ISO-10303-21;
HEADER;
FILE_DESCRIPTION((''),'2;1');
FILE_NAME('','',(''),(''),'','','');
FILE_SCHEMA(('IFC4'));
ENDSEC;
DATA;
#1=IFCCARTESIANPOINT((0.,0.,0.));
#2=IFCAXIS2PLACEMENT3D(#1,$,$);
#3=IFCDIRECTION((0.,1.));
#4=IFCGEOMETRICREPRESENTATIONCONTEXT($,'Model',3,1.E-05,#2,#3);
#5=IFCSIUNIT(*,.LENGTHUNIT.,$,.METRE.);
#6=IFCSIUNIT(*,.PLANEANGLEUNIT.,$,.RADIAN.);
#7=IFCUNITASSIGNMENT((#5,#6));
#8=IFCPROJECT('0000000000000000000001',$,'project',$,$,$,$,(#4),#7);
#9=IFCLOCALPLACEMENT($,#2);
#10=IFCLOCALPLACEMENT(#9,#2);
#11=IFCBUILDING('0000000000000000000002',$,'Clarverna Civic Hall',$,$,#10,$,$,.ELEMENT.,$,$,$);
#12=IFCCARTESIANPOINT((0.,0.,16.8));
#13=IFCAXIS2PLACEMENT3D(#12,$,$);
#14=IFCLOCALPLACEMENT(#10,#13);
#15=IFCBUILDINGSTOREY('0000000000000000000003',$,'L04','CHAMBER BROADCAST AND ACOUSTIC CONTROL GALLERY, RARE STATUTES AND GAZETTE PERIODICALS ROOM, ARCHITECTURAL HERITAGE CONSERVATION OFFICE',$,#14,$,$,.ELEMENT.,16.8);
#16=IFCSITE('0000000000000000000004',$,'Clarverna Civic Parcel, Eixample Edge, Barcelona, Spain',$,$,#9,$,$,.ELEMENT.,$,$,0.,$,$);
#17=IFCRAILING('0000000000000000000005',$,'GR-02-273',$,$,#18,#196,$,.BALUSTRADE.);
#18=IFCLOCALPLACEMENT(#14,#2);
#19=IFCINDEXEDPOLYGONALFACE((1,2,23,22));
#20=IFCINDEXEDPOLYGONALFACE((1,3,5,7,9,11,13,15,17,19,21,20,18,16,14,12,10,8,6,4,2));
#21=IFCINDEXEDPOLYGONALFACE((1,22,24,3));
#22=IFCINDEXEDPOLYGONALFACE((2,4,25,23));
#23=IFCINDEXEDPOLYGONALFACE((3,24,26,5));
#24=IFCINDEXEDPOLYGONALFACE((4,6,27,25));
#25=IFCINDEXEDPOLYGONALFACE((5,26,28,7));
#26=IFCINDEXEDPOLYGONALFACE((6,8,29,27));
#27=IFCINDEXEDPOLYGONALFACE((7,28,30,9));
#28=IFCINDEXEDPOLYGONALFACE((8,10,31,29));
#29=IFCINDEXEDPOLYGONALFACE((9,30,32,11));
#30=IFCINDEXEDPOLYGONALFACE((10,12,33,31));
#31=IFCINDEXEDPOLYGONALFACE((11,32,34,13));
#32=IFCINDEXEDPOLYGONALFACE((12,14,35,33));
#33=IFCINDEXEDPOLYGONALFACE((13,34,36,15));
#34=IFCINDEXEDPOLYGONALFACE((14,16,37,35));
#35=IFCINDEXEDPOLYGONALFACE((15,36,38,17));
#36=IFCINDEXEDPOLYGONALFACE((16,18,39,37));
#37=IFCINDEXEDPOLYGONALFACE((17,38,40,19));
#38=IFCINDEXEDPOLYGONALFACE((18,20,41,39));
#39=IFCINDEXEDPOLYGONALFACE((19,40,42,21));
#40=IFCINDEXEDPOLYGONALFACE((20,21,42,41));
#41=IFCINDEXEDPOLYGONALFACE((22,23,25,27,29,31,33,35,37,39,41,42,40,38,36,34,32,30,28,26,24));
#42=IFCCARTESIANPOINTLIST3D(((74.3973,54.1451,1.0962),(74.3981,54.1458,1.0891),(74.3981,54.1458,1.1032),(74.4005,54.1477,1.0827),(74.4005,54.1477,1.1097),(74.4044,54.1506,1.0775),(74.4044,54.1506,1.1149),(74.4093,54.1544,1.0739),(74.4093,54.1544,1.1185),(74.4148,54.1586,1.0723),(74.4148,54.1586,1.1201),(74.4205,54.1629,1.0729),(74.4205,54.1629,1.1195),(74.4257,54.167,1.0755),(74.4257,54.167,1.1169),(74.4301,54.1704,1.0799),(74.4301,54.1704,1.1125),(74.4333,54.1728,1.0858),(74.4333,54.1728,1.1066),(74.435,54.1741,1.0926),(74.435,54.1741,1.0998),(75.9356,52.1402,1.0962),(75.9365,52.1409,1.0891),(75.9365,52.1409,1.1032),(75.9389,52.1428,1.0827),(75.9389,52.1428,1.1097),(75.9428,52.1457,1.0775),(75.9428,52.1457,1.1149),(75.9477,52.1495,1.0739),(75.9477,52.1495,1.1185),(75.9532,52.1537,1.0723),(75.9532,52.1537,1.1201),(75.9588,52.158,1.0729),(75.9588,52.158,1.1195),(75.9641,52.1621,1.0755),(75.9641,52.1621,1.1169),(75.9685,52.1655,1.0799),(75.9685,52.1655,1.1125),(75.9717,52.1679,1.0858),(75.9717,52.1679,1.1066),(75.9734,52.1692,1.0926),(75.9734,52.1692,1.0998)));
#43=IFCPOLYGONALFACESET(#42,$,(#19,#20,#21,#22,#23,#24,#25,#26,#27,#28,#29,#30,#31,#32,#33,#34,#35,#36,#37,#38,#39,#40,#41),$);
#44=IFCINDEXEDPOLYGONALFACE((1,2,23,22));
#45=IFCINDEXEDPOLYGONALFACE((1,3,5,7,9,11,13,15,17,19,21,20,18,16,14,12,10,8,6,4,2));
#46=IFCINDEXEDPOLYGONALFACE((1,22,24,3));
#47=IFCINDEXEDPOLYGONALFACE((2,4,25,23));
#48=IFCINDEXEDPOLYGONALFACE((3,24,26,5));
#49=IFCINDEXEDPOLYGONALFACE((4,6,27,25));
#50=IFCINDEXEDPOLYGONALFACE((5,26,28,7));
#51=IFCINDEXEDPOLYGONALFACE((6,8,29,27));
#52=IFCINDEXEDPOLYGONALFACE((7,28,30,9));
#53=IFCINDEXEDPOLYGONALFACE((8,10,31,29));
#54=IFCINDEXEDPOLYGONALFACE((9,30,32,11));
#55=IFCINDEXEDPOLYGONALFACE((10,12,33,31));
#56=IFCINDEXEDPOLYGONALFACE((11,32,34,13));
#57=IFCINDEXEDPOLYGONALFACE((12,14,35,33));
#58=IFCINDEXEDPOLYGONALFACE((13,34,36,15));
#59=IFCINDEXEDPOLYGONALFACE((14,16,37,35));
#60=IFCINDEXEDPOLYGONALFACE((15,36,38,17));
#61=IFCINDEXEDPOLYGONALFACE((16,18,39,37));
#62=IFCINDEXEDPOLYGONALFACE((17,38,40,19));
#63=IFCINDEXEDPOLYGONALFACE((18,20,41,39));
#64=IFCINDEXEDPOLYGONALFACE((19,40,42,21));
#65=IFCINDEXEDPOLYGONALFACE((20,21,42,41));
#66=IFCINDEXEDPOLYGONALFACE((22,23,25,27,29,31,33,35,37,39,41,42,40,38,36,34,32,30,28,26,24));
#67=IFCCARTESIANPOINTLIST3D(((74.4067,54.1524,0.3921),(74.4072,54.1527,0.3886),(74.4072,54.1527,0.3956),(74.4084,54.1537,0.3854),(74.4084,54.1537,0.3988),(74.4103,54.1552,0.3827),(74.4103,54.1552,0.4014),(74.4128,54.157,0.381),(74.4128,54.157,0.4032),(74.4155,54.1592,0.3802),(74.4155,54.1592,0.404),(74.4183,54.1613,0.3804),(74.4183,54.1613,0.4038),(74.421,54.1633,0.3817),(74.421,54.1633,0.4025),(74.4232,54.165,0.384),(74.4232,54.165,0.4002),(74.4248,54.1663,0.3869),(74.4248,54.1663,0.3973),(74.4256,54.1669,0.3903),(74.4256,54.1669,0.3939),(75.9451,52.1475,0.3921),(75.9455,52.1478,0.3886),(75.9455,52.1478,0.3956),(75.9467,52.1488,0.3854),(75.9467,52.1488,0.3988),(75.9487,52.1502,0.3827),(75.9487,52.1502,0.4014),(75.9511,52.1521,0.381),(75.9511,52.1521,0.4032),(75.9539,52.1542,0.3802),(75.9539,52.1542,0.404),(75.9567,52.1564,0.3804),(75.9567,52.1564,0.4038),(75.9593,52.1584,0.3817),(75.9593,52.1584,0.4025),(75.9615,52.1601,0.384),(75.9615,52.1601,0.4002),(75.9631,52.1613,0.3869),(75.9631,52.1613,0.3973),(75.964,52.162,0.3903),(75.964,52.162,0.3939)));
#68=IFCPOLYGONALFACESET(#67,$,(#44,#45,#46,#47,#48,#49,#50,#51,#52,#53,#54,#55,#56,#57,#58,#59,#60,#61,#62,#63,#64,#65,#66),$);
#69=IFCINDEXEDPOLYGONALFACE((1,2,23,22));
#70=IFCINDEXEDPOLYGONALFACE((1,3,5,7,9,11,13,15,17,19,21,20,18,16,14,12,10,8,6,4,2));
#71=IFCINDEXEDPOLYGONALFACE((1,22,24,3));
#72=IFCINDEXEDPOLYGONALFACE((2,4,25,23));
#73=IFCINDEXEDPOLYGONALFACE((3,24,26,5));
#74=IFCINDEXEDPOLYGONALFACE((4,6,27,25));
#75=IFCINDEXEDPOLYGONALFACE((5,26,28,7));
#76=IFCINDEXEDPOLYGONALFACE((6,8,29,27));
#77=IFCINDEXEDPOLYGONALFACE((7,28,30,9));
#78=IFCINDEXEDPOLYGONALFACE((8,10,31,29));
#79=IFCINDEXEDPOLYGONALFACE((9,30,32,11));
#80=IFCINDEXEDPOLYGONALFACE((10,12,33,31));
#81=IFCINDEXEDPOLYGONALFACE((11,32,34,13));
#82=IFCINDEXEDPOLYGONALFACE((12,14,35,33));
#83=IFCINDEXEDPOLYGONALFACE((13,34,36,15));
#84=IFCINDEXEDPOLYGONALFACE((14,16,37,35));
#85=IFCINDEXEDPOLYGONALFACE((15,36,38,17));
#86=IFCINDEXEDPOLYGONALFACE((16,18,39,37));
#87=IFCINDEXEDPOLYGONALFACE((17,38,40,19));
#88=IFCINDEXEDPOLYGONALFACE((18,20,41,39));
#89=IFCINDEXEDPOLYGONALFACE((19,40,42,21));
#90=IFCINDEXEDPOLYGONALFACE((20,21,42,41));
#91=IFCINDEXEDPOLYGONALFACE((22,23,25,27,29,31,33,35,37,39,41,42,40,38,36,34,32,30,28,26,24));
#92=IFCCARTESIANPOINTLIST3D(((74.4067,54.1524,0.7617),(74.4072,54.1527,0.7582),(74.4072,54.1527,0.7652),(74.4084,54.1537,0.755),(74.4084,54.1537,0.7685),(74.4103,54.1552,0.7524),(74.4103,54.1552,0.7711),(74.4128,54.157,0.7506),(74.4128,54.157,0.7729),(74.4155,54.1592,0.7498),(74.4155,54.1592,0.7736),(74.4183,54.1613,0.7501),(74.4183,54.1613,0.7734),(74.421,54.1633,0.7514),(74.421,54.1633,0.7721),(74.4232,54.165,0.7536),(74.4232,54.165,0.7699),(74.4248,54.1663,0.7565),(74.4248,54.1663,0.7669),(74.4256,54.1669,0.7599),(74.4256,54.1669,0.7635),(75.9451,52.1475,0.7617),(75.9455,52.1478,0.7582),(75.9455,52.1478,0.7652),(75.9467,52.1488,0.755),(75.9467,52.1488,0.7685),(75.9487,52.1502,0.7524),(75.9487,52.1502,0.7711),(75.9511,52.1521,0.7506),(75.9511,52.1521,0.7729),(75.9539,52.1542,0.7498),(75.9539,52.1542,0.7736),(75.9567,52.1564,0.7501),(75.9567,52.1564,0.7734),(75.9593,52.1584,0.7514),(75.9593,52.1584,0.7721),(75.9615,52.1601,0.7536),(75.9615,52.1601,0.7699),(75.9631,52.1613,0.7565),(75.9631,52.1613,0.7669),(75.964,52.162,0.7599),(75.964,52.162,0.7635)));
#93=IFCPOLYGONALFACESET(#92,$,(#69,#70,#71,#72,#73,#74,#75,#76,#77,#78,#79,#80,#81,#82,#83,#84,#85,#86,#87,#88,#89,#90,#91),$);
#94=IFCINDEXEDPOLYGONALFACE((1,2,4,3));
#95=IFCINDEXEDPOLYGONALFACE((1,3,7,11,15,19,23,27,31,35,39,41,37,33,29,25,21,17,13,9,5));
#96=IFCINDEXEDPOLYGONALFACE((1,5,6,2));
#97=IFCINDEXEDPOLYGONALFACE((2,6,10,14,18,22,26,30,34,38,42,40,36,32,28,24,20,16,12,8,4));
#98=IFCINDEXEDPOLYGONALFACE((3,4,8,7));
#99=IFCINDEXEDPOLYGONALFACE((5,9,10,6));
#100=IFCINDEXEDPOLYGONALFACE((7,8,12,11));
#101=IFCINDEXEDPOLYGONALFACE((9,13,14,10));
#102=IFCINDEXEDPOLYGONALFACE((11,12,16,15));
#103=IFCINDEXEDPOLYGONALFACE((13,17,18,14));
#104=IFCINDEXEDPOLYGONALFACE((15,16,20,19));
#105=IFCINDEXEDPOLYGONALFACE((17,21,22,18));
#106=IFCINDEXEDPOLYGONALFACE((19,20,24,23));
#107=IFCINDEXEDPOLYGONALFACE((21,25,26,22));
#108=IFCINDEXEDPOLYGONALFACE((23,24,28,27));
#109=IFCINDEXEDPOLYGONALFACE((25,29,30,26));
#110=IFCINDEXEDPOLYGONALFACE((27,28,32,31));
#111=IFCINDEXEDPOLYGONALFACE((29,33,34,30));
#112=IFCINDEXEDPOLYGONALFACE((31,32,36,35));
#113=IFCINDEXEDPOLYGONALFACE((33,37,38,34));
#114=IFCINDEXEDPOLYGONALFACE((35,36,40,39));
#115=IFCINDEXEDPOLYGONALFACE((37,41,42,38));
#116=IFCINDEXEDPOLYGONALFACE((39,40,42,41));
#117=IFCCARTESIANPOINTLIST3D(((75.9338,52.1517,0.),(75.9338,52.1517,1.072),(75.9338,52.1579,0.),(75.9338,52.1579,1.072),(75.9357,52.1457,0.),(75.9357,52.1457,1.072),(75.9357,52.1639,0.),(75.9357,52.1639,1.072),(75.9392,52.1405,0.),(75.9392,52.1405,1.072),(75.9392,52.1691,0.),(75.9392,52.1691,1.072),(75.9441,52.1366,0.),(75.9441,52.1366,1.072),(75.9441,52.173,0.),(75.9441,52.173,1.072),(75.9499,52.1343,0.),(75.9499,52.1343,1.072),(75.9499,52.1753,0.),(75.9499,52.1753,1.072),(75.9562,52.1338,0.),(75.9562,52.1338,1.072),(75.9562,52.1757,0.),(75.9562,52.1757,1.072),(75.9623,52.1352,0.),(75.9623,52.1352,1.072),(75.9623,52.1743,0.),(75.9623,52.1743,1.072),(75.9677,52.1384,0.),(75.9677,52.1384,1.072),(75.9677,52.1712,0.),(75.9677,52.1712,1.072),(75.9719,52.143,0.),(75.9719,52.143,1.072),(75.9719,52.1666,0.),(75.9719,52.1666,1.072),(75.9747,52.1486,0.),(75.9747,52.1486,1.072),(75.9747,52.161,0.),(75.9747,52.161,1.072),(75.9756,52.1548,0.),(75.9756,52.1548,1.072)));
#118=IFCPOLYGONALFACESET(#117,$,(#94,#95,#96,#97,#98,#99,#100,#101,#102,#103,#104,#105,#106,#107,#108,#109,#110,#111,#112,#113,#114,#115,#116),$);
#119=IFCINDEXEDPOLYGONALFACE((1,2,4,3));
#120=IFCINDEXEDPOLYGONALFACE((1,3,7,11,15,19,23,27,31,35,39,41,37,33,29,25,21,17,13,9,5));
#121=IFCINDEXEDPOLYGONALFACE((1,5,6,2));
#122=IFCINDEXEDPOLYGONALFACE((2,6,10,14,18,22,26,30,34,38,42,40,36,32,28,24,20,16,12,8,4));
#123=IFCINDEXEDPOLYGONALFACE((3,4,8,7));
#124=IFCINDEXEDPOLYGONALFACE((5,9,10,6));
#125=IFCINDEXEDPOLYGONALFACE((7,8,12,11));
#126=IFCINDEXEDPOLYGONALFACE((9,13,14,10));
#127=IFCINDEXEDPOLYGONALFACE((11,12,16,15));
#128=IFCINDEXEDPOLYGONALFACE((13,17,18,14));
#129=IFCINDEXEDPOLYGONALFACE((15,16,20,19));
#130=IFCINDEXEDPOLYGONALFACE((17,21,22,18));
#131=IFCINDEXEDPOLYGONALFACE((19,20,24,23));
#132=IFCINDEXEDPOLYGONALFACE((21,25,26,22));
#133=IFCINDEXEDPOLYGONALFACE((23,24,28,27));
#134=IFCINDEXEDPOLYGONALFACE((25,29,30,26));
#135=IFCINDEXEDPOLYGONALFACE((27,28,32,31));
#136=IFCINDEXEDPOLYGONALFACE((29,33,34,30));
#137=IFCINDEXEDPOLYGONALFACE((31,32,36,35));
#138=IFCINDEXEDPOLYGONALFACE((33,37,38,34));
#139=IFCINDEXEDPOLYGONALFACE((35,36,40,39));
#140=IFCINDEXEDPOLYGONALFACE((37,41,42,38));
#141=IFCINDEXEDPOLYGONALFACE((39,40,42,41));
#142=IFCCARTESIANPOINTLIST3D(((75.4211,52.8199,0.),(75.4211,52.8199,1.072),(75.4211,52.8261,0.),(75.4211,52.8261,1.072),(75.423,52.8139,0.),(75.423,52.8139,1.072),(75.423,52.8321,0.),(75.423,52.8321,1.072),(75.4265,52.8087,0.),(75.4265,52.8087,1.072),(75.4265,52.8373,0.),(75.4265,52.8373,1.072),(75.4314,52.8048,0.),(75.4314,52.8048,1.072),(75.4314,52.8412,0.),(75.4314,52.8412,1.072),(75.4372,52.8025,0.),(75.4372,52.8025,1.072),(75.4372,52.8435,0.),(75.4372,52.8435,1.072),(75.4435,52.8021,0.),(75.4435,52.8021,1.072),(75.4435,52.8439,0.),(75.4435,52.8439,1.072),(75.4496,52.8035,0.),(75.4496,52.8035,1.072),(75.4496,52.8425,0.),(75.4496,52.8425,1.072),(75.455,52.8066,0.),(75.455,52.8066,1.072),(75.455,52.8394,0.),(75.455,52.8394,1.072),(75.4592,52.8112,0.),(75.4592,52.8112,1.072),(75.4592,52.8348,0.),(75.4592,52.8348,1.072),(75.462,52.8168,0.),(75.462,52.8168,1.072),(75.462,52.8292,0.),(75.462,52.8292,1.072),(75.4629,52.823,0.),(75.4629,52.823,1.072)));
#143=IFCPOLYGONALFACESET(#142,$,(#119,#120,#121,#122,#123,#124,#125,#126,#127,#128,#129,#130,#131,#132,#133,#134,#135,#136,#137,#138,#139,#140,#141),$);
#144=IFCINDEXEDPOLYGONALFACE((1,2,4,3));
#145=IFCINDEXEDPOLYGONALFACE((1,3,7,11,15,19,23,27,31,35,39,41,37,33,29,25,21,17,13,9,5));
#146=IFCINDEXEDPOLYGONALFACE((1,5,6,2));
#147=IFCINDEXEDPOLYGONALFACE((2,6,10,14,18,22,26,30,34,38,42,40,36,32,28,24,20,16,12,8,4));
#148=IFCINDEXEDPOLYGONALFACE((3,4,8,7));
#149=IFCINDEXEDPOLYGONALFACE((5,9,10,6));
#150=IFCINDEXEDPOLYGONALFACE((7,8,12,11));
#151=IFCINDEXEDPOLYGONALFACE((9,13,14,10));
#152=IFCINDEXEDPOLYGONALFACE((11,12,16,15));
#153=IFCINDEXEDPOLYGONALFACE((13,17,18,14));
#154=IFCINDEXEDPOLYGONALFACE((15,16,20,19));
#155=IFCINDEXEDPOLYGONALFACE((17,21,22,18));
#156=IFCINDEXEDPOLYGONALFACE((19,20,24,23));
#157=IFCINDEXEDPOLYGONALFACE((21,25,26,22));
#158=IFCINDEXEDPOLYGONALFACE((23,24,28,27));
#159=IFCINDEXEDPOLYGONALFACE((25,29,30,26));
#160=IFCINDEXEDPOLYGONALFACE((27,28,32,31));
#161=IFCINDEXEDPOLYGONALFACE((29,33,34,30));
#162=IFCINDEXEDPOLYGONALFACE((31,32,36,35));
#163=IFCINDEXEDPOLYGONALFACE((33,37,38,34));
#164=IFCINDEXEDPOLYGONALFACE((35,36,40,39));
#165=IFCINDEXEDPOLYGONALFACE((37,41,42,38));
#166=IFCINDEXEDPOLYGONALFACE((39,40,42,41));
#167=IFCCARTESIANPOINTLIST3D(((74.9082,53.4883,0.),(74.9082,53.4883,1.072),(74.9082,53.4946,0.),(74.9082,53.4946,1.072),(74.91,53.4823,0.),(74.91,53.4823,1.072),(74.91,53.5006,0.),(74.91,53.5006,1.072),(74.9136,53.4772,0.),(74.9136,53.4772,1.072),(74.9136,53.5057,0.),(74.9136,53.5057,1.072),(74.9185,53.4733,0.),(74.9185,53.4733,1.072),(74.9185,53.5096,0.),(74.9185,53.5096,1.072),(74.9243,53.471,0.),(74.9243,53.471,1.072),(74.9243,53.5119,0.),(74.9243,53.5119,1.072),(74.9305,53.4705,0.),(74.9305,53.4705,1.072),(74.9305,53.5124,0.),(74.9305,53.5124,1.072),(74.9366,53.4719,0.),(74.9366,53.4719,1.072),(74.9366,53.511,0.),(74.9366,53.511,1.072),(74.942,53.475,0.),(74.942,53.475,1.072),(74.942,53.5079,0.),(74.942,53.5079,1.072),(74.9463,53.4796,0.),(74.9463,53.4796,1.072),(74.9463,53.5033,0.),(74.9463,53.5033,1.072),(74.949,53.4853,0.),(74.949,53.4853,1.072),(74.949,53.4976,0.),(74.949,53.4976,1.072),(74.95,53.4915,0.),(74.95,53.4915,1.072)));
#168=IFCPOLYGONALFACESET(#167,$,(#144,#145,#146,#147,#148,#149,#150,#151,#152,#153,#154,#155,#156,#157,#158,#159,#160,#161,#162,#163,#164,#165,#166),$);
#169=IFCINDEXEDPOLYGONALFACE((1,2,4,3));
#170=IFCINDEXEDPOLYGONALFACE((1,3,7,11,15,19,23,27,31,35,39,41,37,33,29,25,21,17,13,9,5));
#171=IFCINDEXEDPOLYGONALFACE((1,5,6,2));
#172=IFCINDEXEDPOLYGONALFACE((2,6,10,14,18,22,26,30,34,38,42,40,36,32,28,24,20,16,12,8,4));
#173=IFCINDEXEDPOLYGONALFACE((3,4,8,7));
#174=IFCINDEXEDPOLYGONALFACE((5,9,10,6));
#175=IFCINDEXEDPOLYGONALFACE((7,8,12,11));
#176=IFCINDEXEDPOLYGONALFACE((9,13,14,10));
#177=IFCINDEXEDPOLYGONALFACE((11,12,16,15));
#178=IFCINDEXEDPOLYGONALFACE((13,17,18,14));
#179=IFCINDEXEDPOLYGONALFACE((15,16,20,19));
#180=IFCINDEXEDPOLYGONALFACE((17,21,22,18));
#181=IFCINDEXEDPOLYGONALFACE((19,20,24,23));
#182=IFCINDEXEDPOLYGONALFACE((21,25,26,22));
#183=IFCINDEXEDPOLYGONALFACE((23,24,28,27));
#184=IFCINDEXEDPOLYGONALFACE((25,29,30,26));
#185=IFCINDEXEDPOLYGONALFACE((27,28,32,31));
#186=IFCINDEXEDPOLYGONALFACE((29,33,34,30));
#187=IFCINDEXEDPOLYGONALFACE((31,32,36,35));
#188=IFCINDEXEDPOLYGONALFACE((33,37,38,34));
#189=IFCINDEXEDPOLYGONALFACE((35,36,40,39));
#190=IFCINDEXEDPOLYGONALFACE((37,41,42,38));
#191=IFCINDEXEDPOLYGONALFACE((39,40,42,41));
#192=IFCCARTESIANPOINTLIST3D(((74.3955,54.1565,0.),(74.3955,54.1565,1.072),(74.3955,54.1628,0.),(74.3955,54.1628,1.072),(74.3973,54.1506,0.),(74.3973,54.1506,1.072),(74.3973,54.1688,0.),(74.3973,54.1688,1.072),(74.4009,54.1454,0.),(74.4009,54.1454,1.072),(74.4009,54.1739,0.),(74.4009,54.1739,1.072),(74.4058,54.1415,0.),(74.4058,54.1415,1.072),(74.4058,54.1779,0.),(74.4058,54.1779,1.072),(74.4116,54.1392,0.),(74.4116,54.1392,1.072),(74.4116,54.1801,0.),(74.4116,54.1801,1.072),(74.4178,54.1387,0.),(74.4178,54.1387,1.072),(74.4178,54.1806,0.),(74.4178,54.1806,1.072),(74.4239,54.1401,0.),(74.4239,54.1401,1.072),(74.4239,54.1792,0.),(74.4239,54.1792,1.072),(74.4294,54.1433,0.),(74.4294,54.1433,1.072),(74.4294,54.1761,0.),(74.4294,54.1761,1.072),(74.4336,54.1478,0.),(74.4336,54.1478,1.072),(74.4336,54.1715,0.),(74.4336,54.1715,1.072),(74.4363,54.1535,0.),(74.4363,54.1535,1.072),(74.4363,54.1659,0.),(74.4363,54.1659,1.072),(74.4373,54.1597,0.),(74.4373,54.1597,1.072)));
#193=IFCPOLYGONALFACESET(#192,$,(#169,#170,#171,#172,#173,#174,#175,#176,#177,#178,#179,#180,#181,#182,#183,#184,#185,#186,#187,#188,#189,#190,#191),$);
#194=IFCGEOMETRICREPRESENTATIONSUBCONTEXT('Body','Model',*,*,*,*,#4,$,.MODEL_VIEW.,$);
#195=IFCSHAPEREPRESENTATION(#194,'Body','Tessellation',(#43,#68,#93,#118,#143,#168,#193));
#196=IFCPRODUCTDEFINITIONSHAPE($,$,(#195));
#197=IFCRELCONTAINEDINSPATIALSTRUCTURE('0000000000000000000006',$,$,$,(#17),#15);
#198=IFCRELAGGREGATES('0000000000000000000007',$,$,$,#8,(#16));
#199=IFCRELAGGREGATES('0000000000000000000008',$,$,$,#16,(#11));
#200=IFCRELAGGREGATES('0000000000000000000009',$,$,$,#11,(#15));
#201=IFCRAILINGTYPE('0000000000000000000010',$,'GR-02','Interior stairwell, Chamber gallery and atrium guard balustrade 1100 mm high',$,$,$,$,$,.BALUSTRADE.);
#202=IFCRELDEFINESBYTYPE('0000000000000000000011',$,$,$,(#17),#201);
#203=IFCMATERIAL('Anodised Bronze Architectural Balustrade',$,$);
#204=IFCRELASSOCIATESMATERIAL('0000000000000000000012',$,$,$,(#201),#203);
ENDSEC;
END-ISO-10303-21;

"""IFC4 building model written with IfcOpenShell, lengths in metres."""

from ifc_helpers import new_model, si_unit, direction, frame, origin, origin_2d, place, context, subcontext, project, spatial, circle, extrude, material, type_object, element, save


model = new_model("IFC4")

# Units and contexts
model_context = context("Model", 3, precision=1e-05, world=origin(), true_north=direction((0.0, 1.0)))
body_context = subcontext(model_context, "Body", "Model", "MODEL_VIEW")
ifc_project = project(units=[si_unit("LENGTHUNIT", "METRE"), si_unit("PLANEANGLEUNIT", "RADIAN")], contexts=[model_context])

# Site, building, storey
site_placement = place(None, origin())
site = spatial("IfcSite", under=ifc_project, at=site_placement, Name="Clarverna Civic Parcel, Eixample Edge, Barcelona, Spain", CompositionType="ELEMENT", RefElevation=0.0)
building_placement = place(site_placement, origin())
building = spatial("IfcBuilding", under=site, at=building_placement, Name="Clarverna Civic Hall", CompositionType="ELEMENT")
storey_placement = place(building_placement, frame((0.0, 0.0, 16.8)))
storey = spatial("IfcBuildingStorey", under=building, at=storey_placement, Name="L04", Description="CHAMBER BROADCAST AND ACOUSTIC CONTROL GALLERY, RARE STATUTES AND GAZETTE PERIODICALS ROOM, ARCHITECTURAL HERITAGE CONSERVATION OFFICE", CompositionType="ELEMENT", Elevation=16.8)

# Railing
ifc_material_1 = material(Name="Anodised Bronze Architectural Balustrade")
railing_type = type_object("IfcRailingType", Name="GR-02", Description="Interior stairwell, Chamber gallery and atrium guard balustrade 1100 mm high", PredefinedType="BALUSTRADE", material=ifc_material_1)
railing_1_placement = place(storey_placement, frame((75.9546, 52.1548, 0.0)))
element("IfcRailing", 1, at=railing_1_placement, inside=storey, type_object=railing_type, Name="GR-02-273", PredefinedType="BALUSTRADE", context=body_context, shape_type="SweptSolid", body=[
    extrude(circle(Radius=0.0239, at=origin_2d()), frame((0.0, 0.0, 1.0962), z_axis=(-0.608744, 0.793367, 0.0), x_axis=(-0.793367, -0.608744, 0.0)), (0.0, 0.0, 1.0), 2.5271),
    extrude(circle(Radius=0.012, at=origin_2d()), frame((0.0, 0.0, 0.3921), z_axis=(-0.608744, 0.793367, 0.0), x_axis=(-0.793367, -0.608744, 0.0)), (0.0, 0.0, 1.0), 2.5271),
    extrude(circle(Radius=0.012, at=origin_2d()), frame((0.0, 0.0, 0.7617), z_axis=(-0.608744, 0.793367, 0.0), x_axis=(-0.793367, -0.608744, 0.0)), (0.0, 0.0, 1.0), 2.5271),
    extrude(circle(Radius=0.021, at=origin_2d()), origin(), (0.0, 0.0, 1.0), 1.072),
    extrude(circle(Radius=0.021, at=origin_2d()), frame((-0.5127, 0.6682, 0.0)), (0.0, 0.0, 1.0), 1.072),
    extrude(circle(Radius=0.021, at=origin_2d()), frame((-1.0256, 1.3367, 0.0)), (0.0, 0.0, 1.0), 1.072),
    extrude(circle(Radius=0.021, at=origin_2d()), frame((-1.5383, 2.0049, 0.0)), (0.0, 0.0, 1.0), 1.072),
])

save(model, "model.ifc")
